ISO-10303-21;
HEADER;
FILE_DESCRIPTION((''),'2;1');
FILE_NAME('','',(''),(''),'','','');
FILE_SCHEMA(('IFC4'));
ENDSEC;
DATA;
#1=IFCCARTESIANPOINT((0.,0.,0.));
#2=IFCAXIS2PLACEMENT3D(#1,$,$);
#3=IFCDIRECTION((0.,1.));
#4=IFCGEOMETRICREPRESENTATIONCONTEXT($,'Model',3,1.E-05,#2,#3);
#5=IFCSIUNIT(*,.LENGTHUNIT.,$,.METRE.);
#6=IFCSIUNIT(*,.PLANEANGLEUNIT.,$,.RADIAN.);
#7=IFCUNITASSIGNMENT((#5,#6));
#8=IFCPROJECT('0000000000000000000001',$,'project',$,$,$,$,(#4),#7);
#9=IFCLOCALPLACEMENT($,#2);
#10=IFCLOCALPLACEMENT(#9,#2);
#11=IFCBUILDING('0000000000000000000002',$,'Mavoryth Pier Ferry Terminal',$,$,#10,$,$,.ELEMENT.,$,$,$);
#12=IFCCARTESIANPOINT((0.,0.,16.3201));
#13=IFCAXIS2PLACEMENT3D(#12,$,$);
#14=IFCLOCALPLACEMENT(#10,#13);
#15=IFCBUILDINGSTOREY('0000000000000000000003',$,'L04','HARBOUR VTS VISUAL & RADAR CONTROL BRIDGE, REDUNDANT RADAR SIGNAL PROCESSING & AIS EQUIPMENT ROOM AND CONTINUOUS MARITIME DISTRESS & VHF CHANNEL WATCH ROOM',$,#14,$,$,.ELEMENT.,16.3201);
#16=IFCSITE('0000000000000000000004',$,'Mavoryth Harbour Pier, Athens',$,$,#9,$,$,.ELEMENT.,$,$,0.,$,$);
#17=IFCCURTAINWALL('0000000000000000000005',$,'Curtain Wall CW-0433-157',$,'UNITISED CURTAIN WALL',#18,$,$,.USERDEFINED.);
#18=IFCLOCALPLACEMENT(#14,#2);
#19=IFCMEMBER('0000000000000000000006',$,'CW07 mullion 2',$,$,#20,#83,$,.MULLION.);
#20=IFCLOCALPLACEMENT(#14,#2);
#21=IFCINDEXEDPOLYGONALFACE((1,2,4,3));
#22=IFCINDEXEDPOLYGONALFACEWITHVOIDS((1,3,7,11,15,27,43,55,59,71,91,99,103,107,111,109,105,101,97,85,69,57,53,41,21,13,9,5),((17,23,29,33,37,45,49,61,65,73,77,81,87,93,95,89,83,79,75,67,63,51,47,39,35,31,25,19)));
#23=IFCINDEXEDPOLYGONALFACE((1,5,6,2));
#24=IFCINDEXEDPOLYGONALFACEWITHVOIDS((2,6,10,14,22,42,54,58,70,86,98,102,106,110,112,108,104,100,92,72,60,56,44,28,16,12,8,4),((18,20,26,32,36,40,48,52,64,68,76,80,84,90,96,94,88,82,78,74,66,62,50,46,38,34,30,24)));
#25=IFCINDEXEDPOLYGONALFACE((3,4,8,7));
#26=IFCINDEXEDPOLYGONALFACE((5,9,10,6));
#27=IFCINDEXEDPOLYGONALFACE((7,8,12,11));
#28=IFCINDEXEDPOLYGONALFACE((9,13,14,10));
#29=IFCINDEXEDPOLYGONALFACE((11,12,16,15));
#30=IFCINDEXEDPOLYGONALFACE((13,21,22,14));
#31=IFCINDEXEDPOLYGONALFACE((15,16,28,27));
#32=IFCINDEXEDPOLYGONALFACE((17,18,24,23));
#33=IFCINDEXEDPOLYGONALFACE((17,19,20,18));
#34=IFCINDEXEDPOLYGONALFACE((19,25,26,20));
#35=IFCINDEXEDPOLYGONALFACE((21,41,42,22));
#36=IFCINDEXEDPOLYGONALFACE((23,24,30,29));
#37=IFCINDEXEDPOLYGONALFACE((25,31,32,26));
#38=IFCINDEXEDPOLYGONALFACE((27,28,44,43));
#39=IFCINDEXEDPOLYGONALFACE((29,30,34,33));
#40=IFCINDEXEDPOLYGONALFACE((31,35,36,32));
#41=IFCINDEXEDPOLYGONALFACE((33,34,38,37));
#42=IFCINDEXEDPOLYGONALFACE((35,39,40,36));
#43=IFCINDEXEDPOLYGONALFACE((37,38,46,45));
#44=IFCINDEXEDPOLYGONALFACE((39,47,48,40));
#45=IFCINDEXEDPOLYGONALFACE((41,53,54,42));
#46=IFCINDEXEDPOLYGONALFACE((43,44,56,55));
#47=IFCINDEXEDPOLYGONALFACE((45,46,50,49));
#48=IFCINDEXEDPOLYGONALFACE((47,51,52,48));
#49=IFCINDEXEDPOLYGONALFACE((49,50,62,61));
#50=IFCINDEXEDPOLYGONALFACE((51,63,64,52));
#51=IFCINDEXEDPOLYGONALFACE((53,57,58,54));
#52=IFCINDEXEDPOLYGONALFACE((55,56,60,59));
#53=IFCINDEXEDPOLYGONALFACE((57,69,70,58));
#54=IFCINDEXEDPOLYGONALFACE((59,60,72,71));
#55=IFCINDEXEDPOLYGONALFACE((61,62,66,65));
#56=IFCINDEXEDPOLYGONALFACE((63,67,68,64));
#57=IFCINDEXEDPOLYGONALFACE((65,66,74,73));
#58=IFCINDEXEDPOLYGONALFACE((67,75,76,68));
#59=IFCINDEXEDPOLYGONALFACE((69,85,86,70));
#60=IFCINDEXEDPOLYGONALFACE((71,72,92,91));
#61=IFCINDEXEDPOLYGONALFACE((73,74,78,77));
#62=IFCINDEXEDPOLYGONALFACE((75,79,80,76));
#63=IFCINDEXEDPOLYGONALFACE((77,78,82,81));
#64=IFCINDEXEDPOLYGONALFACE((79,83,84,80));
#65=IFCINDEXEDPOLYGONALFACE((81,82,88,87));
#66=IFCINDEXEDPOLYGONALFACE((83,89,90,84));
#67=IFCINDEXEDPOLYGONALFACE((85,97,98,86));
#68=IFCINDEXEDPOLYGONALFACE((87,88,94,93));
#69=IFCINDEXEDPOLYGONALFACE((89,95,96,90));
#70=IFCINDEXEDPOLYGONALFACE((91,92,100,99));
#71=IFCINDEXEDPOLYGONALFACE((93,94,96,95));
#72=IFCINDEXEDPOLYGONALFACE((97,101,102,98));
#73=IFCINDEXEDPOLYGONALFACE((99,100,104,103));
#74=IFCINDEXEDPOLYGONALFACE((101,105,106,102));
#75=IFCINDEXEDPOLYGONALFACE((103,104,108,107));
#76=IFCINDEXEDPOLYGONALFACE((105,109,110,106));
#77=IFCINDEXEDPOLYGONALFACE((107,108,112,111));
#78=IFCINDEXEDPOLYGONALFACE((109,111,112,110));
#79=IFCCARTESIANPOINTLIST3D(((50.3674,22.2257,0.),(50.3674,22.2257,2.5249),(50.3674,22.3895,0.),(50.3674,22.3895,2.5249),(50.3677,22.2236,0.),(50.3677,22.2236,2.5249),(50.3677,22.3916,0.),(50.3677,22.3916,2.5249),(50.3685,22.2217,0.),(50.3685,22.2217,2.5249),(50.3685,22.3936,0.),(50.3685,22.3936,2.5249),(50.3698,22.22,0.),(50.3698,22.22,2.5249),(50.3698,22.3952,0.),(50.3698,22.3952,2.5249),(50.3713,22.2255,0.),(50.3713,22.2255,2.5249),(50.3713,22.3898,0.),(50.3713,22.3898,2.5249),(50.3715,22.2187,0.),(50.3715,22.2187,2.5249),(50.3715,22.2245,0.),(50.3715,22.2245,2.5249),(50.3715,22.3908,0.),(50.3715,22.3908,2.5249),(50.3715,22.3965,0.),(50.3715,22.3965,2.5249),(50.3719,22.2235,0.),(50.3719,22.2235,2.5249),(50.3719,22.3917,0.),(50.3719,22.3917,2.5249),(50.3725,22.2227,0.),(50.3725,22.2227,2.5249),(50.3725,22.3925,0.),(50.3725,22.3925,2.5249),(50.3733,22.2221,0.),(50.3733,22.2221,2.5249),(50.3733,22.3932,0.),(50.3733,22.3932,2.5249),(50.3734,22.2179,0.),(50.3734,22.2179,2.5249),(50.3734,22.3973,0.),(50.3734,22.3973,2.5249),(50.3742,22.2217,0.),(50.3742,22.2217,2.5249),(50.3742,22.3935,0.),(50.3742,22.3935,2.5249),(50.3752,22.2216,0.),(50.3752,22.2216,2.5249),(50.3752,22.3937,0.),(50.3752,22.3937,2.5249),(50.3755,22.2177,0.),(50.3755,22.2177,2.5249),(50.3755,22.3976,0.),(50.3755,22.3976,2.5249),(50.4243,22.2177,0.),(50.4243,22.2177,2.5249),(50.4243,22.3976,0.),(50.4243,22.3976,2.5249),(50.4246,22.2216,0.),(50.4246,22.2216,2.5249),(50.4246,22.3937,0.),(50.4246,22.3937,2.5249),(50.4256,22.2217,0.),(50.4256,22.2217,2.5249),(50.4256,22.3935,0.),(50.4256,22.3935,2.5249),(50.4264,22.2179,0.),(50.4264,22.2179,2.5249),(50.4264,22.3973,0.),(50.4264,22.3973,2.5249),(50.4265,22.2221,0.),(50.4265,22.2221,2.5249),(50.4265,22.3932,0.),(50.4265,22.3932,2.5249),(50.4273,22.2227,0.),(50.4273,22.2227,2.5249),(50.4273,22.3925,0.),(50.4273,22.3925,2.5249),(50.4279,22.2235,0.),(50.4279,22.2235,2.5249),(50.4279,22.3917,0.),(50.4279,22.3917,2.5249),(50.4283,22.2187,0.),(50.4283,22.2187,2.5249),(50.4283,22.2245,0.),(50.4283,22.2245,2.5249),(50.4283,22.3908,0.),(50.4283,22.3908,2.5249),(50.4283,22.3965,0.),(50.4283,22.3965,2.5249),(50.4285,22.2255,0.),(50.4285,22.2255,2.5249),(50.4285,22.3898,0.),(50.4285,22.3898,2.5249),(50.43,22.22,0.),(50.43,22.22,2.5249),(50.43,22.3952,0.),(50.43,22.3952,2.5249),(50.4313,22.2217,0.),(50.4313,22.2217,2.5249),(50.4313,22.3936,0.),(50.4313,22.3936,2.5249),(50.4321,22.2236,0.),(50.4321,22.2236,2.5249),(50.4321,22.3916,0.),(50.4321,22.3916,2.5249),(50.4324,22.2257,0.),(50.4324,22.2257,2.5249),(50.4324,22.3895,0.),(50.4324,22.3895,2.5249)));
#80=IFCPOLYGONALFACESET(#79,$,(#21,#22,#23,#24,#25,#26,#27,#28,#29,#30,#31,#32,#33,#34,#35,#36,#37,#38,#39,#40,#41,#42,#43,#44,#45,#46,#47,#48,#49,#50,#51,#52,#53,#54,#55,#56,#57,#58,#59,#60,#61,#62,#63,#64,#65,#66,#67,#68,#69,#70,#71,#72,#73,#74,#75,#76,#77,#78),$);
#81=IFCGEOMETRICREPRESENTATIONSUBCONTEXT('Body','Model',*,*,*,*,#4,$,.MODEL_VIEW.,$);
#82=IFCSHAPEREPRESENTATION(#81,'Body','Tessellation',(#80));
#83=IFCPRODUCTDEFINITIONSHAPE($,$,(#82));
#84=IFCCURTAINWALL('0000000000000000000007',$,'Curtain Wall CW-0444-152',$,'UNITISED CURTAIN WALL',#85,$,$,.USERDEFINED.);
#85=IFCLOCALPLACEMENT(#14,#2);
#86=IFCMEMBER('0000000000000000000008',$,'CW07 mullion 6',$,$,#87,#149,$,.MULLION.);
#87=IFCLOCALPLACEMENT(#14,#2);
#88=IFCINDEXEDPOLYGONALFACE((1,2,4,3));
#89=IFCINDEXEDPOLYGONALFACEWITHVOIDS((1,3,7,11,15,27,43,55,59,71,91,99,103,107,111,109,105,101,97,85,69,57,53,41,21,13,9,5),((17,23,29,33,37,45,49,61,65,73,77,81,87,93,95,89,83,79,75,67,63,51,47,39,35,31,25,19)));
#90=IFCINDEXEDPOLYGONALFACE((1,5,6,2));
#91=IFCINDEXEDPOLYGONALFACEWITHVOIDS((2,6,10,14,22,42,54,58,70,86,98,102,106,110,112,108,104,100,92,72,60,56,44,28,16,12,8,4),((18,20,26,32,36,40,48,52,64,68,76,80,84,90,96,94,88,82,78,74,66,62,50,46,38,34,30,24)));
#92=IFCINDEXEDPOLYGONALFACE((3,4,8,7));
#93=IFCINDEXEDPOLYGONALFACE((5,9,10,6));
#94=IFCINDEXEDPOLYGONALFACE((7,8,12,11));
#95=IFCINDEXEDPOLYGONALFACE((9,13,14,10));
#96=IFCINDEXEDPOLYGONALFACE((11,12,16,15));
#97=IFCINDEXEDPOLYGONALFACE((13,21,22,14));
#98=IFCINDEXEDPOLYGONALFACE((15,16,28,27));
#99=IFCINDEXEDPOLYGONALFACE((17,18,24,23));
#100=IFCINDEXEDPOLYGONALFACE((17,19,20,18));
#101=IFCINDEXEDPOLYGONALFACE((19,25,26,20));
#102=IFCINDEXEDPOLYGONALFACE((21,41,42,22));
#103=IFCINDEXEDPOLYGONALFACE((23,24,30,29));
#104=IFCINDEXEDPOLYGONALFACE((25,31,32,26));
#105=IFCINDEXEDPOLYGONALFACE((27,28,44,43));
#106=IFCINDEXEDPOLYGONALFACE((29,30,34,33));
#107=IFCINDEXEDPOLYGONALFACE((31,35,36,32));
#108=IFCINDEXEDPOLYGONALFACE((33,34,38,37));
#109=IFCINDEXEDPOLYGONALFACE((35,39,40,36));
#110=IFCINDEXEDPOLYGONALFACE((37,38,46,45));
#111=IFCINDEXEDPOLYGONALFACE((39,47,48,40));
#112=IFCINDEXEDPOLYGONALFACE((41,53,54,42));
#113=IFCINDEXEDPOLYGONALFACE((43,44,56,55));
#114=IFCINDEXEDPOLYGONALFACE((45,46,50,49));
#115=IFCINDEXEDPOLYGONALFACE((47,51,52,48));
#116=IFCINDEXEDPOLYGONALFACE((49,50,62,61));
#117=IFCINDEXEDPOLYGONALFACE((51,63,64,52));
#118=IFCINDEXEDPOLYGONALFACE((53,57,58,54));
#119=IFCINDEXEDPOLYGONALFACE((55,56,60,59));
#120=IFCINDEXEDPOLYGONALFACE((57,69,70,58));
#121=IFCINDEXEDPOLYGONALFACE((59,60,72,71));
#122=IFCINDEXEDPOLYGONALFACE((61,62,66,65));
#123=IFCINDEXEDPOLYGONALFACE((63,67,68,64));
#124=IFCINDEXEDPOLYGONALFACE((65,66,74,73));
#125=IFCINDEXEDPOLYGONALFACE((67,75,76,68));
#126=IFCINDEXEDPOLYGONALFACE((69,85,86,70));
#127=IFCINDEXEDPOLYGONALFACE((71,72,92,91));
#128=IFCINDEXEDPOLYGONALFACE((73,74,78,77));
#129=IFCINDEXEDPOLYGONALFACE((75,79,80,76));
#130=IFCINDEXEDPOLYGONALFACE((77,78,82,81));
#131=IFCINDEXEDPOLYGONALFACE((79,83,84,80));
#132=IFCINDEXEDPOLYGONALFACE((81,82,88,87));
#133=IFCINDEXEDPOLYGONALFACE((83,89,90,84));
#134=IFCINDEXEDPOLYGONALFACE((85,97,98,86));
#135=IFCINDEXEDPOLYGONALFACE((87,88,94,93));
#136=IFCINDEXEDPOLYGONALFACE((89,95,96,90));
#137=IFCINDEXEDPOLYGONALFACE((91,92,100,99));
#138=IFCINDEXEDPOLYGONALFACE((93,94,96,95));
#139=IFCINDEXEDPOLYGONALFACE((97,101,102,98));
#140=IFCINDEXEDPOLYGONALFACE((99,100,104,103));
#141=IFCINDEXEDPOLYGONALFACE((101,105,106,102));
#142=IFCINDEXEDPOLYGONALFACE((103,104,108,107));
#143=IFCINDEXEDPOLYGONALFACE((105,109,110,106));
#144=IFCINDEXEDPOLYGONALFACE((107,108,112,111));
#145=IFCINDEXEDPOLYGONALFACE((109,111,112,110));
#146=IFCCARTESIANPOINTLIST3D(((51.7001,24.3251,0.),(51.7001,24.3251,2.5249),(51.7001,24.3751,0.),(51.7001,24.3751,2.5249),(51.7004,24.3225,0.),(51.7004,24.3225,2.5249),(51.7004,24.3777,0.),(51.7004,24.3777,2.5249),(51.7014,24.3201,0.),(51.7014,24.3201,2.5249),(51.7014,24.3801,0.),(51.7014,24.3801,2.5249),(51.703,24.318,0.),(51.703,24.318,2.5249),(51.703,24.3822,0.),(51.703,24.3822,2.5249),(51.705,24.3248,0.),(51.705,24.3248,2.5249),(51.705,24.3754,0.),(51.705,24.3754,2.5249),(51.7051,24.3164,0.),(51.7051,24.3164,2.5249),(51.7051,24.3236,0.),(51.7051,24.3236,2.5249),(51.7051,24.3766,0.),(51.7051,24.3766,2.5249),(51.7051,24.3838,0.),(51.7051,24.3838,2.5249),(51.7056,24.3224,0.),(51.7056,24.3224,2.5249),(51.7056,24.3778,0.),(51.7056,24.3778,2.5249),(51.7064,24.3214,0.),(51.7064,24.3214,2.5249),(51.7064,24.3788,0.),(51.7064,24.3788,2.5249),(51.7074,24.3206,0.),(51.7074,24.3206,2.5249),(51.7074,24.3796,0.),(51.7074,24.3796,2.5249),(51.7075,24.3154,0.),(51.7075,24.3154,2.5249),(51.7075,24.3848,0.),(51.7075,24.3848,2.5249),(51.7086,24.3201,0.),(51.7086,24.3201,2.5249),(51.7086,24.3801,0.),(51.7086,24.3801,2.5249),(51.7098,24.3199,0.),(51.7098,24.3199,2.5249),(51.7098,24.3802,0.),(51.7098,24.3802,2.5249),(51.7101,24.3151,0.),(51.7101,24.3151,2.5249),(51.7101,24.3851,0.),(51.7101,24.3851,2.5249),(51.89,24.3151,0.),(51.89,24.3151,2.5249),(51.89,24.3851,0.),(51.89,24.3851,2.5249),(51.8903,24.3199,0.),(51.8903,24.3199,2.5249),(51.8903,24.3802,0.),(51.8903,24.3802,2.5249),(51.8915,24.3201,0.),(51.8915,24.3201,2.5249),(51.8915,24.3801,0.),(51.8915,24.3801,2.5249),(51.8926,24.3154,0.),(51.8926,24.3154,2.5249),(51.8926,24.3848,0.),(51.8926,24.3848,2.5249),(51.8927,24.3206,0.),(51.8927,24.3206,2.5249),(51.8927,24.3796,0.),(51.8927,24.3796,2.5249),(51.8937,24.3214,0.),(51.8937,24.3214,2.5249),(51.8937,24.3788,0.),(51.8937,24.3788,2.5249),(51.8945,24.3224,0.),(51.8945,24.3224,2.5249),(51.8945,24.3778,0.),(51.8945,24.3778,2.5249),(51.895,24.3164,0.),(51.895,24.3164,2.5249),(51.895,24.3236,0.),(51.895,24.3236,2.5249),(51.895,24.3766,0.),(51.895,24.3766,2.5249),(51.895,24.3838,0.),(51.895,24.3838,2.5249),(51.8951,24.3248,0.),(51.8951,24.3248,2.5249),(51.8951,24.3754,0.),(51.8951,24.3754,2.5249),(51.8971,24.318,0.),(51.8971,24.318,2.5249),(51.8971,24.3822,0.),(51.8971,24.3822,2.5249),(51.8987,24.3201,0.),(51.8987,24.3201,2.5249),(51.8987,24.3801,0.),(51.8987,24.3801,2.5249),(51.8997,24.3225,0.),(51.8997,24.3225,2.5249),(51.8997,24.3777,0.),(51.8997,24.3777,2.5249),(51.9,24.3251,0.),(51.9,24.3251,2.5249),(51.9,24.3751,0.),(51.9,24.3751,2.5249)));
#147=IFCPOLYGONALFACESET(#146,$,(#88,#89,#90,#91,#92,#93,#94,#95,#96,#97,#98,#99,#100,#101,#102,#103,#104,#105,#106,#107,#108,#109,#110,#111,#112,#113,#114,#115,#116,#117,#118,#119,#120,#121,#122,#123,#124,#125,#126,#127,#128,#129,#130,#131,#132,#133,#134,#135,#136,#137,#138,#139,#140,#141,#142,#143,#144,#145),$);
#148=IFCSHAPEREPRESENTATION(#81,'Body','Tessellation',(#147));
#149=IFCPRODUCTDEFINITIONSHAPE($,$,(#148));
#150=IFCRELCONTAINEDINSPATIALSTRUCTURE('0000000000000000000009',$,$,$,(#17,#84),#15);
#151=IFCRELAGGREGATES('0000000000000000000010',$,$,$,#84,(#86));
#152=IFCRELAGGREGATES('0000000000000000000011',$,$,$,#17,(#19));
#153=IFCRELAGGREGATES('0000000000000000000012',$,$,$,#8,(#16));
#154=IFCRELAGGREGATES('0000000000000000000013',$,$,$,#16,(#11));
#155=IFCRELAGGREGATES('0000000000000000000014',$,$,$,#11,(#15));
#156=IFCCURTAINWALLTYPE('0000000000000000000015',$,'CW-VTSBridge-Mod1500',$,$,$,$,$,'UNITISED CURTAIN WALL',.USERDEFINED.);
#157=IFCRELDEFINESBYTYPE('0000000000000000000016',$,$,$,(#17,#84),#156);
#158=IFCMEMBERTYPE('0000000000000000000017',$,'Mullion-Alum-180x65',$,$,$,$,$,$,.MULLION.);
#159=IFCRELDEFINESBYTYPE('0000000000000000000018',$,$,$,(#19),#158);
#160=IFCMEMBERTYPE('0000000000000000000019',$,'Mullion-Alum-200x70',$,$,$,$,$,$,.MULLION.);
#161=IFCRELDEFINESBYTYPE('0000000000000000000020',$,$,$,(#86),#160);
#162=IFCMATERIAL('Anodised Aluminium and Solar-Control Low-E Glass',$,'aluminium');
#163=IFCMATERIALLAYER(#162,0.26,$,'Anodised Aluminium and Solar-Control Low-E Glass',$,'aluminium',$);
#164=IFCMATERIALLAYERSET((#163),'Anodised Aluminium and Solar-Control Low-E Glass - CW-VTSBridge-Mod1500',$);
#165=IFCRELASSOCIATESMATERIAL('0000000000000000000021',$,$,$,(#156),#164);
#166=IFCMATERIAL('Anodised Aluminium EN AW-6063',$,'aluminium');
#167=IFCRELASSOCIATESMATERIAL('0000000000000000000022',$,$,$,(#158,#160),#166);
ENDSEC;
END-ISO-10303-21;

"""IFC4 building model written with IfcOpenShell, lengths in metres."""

from ifc_helpers import new_model, si_unit, direction, frame, origin, origin_2d, place, context, subcontext, project, spatial, hollow_rectangle, extrude, material, layer, layer_set, material_profile, profile_set, type_object, element, aggregate, save


model = new_model("IFC4")

# Units and contexts
model_context = context("Model", 3, precision=1e-05, world=origin(), true_north=direction((0.0, 1.0)))
body_context = subcontext(model_context, "Body", "Model", "MODEL_VIEW")
ifc_project = project(units=[si_unit("LENGTHUNIT", "METRE"), si_unit("PLANEANGLEUNIT", "RADIAN")], contexts=[model_context])

# Site, building, storey
site_placement = place(None, origin())
site = spatial("IfcSite", under=ifc_project, at=site_placement, Name="Mavoryth Harbour Pier, Athens", CompositionType="ELEMENT", RefElevation=0.0)
building_placement = place(site_placement, origin())
building = spatial("IfcBuilding", under=site, at=building_placement, Name="Mavoryth Pier Ferry Terminal", CompositionType="ELEMENT")
storey_placement = place(building_placement, frame((0.0, 0.0, 16.3201)))
storey = spatial("IfcBuildingStorey", under=building, at=storey_placement, Name="L04", Description="HARBOUR VTS VISUAL & RADAR CONTROL BRIDGE, REDUNDANT RADAR SIGNAL PROCESSING & AIS EQUIPMENT ROOM AND CONTINUOUS MARITIME DISTRESS & VHF CHANNEL WATCH ROOM", CompositionType="ELEMENT", Elevation=16.3201)

# Curtain walls, members
ifc_material_1 = material(Name="Anodised Aluminium and Solar-Control Low-E Glass", Category="aluminium")
ifc_layer_1 = layer(ifc_material_1, 0.26, Name="Anodised Aluminium and Solar-Control Low-E Glass", Category="aluminium")
ifc_layer_set_1 = layer_set([ifc_layer_1], Name="Anodised Aluminium and Solar-Control Low-E Glass - CW-VTSBridge-Mod1500")
curtain_wall_type = type_object("IfcCurtainWallType", Name="CW-VTSBridge-Mod1500", ElementType="UNITISED CURTAIN WALL", PredefinedType="USERDEFINED", material=ifc_layer_set_1)
curtain_wall_1_placement = place(storey_placement, origin())
curtain_wall_1 = element("IfcCurtainWall", 1, at=curtain_wall_1_placement, inside=storey, type_object=curtain_wall_type, Name="Curtain Wall CW-0433-157", ObjectType="UNITISED CURTAIN WALL", PredefinedType="USERDEFINED")
ifc_material_2 = material(Name="Anodised Aluminium EN AW-6063", Category="aluminium")
ifc_material_profile_1 = material_profile(ifc_material_2, hollow_rectangle(XDim=0.0649, YDim=0.1799, WallThickness=0.0039, InnerFilletRadius=0.0039, OuterFilletRadius=0.0081, at=origin_2d()), Name="AL-MULL 180x65x4", Category="aluminium")
ifc_profile_set_1 = profile_set([ifc_material_profile_1], Name="Anodised Aluminium EN AW-6063 - AL-MULL 180x65x4")
member_type_1 = type_object("IfcMemberType", Name="Mullion-Alum-180x65", PredefinedType="MULLION", material=ifc_profile_set_1)
member_1_placement = place(storey_placement, frame((50.3999, 22.3076, 0.0), z_axis=(0.0, 0.0, 1.0), x_axis=(1.0, 0.0, 0.0)))
member_1 = element("IfcMember", 2, at=member_1_placement, type_object=member_type_1, Name="CW07 mullion 2", PredefinedType="MULLION", context=body_context, shape_type="SweptSolid", body=[
    extrude(hollow_rectangle(XDim=0.0649, YDim=0.1799, WallThickness=0.0039, InnerFilletRadius=0.0039, OuterFilletRadius=0.0081, at=origin_2d()), origin(), (0.0, 0.0, 1.0), 2.5249),
])
curtain_wall_2_placement = place(storey_placement, origin())
curtain_wall_2 = element("IfcCurtainWall", 3, at=curtain_wall_2_placement, inside=storey, type_object=curtain_wall_type, Name="Curtain Wall CW-0444-152", ObjectType="UNITISED CURTAIN WALL", PredefinedType="USERDEFINED")
ifc_material_profile_2 = material_profile(ifc_material_2, hollow_rectangle(XDim=0.0701, YDim=0.2, WallThickness=0.0049, InnerFilletRadius=0.0049, OuterFilletRadius=0.01, at=origin_2d()), Name="AL-MULL 200x70x5", Category="aluminium")
ifc_profile_set_2 = profile_set([ifc_material_profile_2], Name="Anodised Aluminium EN AW-6063 - AL-MULL 200x70x5")
member_type_2 = type_object("IfcMemberType", Name="Mullion-Alum-200x70", PredefinedType="MULLION", material=ifc_profile_set_2)
member_2_placement = place(storey_placement, frame((51.8, 24.3501, 0.0), z_axis=(0.0, 0.0, 1.0), x_axis=(0.0, -1.0, 0.0)))
member_2 = element("IfcMember", 4, at=member_2_placement, type_object=member_type_2, Name="CW07 mullion 6", PredefinedType="MULLION", context=body_context, shape_type="SweptSolid", body=[
    extrude(hollow_rectangle(XDim=0.0701, YDim=0.2, WallThickness=0.0049, InnerFilletRadius=0.0049, OuterFilletRadius=0.01, at=origin_2d()), origin(), (0.0, 0.0, 1.0), 2.5249),
])

aggregate(curtain_wall_2, [member_2])
aggregate(curtain_wall_1, [member_1])

save(model, "model.ifc")
